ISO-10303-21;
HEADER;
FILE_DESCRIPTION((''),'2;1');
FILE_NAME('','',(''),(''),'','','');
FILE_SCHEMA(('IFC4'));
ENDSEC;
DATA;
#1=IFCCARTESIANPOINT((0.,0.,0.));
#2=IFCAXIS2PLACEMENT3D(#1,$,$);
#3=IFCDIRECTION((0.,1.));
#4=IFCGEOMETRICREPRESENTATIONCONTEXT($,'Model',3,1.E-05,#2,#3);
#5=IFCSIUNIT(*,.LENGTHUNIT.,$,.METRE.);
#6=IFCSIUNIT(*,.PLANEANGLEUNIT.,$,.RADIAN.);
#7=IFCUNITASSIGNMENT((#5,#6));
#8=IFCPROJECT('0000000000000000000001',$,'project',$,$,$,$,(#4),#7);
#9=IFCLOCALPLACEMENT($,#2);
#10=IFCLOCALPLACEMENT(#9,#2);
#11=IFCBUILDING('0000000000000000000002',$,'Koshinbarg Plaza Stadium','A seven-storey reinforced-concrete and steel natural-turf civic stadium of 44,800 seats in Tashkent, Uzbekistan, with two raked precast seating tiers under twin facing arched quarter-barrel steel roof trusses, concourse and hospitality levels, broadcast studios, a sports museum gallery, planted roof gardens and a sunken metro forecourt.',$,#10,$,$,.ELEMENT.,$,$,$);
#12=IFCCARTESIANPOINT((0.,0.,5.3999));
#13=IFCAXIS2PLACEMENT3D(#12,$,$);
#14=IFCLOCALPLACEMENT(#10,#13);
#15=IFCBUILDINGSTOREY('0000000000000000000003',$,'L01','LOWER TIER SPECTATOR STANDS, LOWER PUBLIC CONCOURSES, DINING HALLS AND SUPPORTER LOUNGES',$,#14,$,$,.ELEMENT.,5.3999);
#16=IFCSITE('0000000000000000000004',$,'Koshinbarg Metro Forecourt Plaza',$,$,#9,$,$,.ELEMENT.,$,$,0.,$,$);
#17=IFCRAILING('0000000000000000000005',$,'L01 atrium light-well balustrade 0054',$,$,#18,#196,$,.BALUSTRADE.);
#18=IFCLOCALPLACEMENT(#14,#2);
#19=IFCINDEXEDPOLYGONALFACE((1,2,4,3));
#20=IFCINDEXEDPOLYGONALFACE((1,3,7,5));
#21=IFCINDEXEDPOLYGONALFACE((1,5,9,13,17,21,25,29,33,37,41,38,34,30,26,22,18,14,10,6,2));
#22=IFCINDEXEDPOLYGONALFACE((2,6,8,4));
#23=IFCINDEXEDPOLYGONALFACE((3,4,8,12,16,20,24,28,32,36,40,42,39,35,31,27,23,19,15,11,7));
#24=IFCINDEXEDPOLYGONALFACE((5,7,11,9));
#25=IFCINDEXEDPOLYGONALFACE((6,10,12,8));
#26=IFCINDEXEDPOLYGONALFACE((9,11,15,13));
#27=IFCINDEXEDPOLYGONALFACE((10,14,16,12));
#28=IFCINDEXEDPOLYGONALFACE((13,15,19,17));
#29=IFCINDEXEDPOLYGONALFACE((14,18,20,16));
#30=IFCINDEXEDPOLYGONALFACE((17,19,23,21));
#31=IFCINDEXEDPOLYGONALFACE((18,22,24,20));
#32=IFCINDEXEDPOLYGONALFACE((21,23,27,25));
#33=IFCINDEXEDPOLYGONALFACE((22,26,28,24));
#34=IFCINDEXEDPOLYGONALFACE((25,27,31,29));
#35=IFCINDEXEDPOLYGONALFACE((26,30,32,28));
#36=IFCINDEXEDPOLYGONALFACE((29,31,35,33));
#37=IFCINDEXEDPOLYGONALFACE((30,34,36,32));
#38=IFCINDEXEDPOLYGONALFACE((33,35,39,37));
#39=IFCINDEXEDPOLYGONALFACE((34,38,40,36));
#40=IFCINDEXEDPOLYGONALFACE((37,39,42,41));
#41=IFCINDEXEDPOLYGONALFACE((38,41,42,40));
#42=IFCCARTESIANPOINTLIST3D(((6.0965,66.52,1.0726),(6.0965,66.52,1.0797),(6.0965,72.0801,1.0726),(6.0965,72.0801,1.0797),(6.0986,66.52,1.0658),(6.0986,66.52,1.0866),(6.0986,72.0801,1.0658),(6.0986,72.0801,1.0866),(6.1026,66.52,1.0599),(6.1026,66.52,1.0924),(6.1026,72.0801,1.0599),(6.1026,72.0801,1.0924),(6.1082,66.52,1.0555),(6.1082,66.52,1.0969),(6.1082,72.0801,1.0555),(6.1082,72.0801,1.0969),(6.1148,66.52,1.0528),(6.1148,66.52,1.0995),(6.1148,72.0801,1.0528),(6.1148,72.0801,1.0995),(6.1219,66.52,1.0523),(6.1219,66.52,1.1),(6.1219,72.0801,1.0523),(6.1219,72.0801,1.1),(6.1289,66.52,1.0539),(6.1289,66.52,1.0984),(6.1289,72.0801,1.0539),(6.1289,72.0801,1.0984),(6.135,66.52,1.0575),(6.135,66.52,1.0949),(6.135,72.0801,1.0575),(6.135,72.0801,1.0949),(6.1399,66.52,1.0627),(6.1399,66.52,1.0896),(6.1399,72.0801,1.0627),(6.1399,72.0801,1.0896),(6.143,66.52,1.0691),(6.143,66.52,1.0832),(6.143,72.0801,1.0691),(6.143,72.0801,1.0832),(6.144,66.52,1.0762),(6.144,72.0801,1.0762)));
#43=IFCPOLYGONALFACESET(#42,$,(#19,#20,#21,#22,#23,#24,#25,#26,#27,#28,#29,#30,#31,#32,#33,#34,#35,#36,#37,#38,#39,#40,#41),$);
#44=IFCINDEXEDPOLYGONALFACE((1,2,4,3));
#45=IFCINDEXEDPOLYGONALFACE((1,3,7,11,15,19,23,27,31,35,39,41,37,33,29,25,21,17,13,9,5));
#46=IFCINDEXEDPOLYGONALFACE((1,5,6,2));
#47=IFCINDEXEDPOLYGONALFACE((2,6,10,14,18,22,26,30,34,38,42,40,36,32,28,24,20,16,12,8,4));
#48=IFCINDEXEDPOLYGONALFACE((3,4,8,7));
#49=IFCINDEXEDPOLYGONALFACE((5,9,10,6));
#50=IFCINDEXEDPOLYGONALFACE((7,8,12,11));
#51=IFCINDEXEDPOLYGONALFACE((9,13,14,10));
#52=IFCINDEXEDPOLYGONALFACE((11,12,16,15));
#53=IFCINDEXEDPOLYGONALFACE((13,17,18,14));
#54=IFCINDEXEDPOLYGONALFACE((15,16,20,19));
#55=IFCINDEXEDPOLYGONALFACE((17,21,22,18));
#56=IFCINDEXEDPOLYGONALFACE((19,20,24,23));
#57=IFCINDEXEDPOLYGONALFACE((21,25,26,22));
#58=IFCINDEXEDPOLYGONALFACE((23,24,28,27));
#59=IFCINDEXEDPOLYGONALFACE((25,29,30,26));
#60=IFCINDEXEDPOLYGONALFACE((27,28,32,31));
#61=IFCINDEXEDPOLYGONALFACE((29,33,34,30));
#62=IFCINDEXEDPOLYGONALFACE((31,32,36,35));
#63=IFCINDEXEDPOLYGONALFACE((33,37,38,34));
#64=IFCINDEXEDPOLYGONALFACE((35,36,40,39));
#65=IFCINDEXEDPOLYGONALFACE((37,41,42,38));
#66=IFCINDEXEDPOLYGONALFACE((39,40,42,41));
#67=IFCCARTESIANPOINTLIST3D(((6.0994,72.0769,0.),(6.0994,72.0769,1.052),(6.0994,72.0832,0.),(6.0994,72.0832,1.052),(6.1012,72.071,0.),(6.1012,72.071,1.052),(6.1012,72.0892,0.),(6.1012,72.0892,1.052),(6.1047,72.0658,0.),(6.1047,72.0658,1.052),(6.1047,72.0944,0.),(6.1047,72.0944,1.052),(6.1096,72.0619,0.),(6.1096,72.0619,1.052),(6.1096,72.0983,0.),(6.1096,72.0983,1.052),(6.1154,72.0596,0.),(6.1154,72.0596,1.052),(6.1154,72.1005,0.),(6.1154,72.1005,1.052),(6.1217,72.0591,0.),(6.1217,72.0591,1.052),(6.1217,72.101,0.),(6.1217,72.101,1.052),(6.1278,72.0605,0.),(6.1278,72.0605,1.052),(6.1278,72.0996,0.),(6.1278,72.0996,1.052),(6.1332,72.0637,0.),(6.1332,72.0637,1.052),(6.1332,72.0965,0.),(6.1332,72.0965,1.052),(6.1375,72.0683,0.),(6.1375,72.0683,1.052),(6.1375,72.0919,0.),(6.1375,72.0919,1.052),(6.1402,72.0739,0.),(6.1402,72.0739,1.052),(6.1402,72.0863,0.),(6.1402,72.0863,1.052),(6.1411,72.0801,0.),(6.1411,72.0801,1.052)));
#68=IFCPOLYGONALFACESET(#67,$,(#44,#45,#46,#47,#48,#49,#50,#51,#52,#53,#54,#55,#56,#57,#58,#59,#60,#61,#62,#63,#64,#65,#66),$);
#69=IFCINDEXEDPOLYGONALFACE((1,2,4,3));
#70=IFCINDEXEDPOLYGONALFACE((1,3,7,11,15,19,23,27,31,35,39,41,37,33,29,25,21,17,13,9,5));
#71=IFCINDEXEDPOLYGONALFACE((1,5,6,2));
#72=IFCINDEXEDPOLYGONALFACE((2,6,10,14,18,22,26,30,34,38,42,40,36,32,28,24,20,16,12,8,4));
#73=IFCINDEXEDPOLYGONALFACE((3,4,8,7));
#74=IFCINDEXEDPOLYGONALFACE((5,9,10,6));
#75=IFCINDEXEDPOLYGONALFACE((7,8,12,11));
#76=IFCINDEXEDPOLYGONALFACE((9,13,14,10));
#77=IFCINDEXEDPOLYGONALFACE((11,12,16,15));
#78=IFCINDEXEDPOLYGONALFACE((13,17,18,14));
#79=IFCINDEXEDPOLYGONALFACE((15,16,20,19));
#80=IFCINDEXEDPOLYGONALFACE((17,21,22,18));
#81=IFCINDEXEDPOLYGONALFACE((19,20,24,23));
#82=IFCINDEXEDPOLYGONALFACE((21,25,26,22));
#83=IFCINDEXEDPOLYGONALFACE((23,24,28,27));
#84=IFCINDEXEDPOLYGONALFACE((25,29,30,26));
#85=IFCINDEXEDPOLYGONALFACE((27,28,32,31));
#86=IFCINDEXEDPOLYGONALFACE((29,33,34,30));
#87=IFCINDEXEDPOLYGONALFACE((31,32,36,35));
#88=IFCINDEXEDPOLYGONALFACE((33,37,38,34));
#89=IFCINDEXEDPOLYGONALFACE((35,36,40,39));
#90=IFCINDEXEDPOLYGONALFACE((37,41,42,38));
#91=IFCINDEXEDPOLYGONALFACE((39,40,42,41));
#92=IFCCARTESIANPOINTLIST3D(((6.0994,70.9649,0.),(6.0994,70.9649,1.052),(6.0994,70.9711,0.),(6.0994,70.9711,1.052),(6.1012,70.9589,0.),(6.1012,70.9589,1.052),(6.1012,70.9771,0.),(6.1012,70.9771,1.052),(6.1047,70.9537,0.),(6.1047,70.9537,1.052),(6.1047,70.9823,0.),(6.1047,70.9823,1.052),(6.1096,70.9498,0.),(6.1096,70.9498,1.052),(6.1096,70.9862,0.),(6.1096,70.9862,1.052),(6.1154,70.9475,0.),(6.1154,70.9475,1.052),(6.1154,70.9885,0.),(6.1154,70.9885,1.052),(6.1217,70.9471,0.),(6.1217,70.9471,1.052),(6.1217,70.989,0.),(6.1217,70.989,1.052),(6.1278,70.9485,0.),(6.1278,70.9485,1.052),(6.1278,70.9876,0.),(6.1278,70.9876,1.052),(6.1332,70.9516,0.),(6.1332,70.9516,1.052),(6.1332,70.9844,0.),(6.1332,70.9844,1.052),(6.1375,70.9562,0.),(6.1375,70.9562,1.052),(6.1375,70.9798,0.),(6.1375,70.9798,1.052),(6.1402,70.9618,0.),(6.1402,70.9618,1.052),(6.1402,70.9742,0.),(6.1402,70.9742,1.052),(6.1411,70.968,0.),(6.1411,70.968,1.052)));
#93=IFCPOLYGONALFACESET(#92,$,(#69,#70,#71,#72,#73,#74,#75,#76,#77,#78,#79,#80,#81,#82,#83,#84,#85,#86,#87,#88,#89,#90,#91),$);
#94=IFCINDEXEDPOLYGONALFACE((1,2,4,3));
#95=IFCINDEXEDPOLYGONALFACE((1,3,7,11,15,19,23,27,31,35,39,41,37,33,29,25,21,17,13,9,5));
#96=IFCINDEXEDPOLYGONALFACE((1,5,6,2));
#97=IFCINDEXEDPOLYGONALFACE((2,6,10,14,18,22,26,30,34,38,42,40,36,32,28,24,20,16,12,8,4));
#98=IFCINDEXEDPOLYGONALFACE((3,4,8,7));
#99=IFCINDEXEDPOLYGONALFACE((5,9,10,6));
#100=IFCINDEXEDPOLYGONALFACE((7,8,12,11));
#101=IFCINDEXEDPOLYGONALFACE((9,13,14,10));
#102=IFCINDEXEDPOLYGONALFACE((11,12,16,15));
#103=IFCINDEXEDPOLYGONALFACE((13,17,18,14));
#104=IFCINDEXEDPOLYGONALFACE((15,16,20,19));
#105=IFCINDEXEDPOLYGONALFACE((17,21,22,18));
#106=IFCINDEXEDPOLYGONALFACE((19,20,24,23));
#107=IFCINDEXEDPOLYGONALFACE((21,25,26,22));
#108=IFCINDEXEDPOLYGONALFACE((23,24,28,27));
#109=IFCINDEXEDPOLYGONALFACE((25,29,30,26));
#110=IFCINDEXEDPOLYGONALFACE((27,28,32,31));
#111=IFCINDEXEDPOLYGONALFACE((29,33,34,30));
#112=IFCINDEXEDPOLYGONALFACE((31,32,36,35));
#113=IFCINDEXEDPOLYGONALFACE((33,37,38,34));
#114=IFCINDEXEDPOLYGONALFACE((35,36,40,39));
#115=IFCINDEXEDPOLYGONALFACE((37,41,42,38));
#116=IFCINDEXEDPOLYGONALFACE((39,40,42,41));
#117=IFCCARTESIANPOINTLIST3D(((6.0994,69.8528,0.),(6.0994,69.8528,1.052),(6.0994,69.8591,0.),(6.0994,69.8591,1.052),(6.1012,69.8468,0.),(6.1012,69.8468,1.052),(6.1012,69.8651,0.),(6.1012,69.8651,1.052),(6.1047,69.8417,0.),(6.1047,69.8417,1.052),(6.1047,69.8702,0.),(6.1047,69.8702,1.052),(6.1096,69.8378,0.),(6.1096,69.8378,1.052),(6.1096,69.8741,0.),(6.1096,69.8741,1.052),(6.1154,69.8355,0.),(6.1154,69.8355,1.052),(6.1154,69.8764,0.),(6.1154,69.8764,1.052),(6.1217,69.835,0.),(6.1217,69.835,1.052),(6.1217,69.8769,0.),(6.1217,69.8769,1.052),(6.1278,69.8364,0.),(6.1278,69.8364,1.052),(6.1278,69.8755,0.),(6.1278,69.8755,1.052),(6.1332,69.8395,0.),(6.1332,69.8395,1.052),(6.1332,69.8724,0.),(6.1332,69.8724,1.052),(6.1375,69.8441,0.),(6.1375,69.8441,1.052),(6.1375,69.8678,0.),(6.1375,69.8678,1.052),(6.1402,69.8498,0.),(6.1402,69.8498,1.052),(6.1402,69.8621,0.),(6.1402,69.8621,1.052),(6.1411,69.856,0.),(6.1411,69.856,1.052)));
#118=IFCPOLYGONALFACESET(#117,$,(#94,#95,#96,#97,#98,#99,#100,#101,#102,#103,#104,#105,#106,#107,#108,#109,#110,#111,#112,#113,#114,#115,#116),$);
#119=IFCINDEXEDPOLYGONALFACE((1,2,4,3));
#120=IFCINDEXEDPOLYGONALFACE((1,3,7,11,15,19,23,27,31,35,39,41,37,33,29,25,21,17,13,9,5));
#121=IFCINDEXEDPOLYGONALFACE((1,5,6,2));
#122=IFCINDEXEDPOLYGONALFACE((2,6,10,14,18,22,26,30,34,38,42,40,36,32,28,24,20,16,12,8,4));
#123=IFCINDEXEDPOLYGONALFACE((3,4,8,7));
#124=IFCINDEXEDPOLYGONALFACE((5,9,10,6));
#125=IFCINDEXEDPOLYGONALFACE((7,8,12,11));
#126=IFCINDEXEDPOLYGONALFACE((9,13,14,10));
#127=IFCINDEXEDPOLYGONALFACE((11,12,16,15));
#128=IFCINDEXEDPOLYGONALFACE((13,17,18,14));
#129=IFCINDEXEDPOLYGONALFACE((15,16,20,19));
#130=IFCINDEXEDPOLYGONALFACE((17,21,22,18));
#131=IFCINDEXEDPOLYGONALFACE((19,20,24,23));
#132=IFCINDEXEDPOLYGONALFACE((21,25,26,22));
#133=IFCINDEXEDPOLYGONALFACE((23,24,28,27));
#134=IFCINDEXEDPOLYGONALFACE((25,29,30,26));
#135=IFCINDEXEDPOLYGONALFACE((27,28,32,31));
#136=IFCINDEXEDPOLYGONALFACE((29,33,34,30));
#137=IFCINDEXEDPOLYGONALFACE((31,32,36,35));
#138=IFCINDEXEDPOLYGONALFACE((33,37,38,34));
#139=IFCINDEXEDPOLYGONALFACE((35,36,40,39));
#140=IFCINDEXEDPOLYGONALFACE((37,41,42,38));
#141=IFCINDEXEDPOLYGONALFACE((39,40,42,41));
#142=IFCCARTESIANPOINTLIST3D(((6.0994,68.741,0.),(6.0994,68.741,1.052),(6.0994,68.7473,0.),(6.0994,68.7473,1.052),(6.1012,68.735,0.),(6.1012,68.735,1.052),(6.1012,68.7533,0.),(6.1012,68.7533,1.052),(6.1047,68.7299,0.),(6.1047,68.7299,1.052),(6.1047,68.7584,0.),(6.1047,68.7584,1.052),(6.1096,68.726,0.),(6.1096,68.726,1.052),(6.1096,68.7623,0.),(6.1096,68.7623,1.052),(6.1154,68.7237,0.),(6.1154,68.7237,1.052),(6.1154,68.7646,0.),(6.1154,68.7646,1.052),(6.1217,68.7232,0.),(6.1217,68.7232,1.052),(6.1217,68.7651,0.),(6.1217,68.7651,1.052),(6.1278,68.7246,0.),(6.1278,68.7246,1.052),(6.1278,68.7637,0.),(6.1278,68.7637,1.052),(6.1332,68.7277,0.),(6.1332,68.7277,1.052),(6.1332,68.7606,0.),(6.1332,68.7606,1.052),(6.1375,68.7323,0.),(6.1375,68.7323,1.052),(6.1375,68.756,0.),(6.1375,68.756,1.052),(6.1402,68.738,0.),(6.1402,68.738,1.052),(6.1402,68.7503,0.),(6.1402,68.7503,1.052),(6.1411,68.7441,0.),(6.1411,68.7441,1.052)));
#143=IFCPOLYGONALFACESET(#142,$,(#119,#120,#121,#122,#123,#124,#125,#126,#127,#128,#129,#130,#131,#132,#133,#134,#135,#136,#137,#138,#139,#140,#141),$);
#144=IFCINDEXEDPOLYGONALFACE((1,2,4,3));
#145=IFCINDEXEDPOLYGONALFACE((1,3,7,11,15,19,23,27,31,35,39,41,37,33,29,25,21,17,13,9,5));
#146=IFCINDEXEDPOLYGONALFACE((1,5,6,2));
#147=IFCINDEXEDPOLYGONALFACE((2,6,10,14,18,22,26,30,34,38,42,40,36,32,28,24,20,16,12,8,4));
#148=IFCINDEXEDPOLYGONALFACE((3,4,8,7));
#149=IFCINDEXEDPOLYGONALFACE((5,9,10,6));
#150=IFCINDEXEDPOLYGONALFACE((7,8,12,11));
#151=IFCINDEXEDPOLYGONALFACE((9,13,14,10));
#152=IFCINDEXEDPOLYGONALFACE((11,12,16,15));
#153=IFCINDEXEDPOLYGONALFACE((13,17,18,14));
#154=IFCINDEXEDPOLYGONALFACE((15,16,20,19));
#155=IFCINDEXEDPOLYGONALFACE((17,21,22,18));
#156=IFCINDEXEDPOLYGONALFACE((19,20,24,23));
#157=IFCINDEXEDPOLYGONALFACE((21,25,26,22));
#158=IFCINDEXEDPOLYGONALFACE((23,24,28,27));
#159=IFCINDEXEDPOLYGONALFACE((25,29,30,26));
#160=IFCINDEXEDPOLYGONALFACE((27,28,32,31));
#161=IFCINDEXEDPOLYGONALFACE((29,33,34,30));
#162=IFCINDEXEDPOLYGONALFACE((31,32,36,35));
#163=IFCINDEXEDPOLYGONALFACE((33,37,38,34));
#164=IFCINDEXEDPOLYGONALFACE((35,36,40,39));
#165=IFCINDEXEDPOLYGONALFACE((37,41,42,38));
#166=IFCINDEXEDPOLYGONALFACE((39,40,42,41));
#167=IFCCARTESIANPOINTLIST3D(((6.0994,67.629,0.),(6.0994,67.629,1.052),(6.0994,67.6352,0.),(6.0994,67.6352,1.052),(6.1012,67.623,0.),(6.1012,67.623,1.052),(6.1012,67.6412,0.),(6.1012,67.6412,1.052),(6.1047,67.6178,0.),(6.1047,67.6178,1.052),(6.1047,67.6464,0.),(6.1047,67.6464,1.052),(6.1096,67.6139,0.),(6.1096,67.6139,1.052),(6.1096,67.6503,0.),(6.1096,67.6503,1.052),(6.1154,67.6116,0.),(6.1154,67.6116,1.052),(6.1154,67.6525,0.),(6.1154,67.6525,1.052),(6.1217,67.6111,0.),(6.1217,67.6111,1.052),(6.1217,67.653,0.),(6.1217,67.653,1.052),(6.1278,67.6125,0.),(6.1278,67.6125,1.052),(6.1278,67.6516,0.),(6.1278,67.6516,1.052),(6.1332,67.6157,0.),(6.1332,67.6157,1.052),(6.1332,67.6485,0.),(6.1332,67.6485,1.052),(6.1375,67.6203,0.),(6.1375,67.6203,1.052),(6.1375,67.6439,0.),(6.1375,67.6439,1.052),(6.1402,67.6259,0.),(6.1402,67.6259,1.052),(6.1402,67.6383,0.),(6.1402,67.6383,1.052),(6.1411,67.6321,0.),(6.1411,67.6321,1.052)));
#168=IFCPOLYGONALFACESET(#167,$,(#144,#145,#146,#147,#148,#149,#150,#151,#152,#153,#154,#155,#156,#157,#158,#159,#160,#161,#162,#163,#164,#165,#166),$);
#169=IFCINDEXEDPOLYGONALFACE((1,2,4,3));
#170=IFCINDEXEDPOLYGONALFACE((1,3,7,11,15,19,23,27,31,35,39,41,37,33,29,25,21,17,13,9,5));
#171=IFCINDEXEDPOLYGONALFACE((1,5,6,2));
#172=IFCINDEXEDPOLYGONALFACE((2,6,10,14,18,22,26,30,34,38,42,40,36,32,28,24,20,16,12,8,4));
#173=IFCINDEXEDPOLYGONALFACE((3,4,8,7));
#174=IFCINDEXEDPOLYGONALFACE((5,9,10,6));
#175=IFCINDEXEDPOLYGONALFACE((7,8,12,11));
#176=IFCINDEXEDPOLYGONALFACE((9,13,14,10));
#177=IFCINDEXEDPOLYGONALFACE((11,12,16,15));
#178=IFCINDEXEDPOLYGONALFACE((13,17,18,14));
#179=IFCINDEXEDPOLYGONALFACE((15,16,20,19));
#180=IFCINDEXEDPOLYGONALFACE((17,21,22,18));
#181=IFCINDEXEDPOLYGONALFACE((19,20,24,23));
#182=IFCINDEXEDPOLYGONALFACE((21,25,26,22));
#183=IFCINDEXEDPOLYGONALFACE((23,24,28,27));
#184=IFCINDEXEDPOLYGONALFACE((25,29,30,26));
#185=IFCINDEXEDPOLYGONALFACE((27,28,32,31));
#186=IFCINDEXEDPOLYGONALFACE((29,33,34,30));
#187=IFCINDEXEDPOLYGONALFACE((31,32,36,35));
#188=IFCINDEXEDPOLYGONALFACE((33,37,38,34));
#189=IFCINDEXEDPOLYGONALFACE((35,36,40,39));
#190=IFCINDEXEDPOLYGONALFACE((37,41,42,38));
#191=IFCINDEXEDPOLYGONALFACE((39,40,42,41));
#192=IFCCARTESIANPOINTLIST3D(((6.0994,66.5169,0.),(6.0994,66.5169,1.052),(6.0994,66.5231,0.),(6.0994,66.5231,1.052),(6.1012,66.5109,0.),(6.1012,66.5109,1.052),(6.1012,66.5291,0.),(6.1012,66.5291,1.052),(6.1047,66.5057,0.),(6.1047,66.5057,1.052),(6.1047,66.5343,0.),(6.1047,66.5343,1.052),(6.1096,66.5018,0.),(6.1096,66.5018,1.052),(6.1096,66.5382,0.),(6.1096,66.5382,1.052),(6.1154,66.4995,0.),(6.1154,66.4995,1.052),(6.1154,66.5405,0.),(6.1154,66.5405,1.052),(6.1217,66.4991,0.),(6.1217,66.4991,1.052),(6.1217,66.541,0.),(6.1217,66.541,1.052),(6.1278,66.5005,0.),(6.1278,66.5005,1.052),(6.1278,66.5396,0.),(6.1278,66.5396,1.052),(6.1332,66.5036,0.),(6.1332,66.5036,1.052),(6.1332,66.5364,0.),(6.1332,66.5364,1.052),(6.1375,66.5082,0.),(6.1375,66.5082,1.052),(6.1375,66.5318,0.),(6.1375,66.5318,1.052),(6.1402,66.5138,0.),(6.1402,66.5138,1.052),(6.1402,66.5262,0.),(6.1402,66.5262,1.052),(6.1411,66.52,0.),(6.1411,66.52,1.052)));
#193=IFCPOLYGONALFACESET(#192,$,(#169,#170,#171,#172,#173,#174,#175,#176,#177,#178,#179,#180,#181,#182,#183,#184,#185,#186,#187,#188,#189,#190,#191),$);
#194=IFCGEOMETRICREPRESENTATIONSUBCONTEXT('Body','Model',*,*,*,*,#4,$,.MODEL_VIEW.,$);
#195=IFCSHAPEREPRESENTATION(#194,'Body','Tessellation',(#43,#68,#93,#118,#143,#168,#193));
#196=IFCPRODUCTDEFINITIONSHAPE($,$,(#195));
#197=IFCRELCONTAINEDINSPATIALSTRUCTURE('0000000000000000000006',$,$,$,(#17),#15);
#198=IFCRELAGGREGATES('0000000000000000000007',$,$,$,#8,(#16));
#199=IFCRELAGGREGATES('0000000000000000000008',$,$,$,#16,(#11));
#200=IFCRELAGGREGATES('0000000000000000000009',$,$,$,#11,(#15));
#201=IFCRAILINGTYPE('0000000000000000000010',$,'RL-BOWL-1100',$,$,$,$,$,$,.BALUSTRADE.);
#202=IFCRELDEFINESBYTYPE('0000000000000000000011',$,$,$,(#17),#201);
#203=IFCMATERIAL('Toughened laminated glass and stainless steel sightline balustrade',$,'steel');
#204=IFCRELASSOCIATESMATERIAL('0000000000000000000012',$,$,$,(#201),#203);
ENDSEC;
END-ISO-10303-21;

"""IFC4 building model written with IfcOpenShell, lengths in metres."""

from ifc_helpers import new_model, si_unit, direction, frame, origin, origin_2d, place, context, subcontext, project, spatial, circle, extrude, material, type_object, element, save


model = new_model("IFC4")

# Units and contexts
model_context = context("Model", 3, precision=1e-05, world=origin(), true_north=direction((0.0, 1.0)))
body_context = subcontext(model_context, "Body", "Model", "MODEL_VIEW")
ifc_project = project(units=[si_unit("LENGTHUNIT", "METRE"), si_unit("PLANEANGLEUNIT", "RADIAN")], contexts=[model_context])

# Site, building, storey
site_placement = place(None, origin())
site = spatial("IfcSite", under=ifc_project, at=site_placement, Name="Koshinbarg Metro Forecourt Plaza", CompositionType="ELEMENT", RefElevation=0.0)
building_placement = place(site_placement, origin())
building = spatial("IfcBuilding", under=site, at=building_placement, Name="Koshinbarg Plaza Stadium", Description="A seven-storey reinforced-concrete and steel natural-turf civic stadium of 44,800 seats in Tashkent, Uzbekistan, with two raked precast seating tiers under twin facing arched quarter-barrel steel roof trusses, concourse and hospitality levels, broadcast studios, a sports museum gallery, planted roof gardens and a sunken metro forecourt.", CompositionType="ELEMENT")
storey_placement = place(building_placement, frame((0.0, 0.0, 5.3999)))
storey = spatial("IfcBuildingStorey", under=building, at=storey_placement, Name="L01", Description="LOWER TIER SPECTATOR STANDS, LOWER PUBLIC CONCOURSES, DINING HALLS AND SUPPORTER LOUNGES", CompositionType="ELEMENT", Elevation=5.3999)

# Railing
ifc_material_1 = material(Name="Toughened laminated glass and stainless steel sightline balustrade", Category="steel")
railing_type = type_object("IfcRailingType", Name="RL-BOWL-1100", PredefinedType="BALUSTRADE", material=ifc_material_1)
railing_1_placement = place(storey_placement, frame((6.1201, 72.0801, 0.0)))
element("IfcRailing", 1, at=railing_1_placement, inside=storey, type_object=railing_type, Name="L01 atrium light-well balustrade 0054", PredefinedType="BALUSTRADE", context=body_context, shape_type="SweptSolid", body=[
    extrude(circle(Radius=0.0239, at=origin_2d()), frame((0.0, 0.0, 1.0762), z_axis=(0.0, -1.0, 0.0), x_axis=(1.0, 0.0, 0.0)), (0.0, 0.0, 1.0), 5.5601),
    extrude(circle(Radius=0.021, at=origin_2d()), origin(), (0.0, 0.0, 1.0), 1.052),
    extrude(circle(Radius=0.021, at=origin_2d()), frame((0.0, -1.1121, 0.0)), (0.0, 0.0, 1.0), 1.052),
    extrude(circle(Radius=0.021, at=origin_2d()), frame((0.0, -2.2241, 0.0)), (0.0, 0.0, 1.0), 1.052),
    extrude(circle(Radius=0.021, at=origin_2d()), frame((0.0, -3.3359, 0.0)), (0.0, 0.0, 1.0), 1.052),
    extrude(circle(Radius=0.021, at=origin_2d()), frame((0.0, -4.448, 0.0)), (0.0, 0.0, 1.0), 1.052),
    extrude(circle(Radius=0.021, at=origin_2d()), frame((0.0, -5.5601, 0.0)), (0.0, 0.0, 1.0), 1.052),
])

save(model, "model.ifc")
